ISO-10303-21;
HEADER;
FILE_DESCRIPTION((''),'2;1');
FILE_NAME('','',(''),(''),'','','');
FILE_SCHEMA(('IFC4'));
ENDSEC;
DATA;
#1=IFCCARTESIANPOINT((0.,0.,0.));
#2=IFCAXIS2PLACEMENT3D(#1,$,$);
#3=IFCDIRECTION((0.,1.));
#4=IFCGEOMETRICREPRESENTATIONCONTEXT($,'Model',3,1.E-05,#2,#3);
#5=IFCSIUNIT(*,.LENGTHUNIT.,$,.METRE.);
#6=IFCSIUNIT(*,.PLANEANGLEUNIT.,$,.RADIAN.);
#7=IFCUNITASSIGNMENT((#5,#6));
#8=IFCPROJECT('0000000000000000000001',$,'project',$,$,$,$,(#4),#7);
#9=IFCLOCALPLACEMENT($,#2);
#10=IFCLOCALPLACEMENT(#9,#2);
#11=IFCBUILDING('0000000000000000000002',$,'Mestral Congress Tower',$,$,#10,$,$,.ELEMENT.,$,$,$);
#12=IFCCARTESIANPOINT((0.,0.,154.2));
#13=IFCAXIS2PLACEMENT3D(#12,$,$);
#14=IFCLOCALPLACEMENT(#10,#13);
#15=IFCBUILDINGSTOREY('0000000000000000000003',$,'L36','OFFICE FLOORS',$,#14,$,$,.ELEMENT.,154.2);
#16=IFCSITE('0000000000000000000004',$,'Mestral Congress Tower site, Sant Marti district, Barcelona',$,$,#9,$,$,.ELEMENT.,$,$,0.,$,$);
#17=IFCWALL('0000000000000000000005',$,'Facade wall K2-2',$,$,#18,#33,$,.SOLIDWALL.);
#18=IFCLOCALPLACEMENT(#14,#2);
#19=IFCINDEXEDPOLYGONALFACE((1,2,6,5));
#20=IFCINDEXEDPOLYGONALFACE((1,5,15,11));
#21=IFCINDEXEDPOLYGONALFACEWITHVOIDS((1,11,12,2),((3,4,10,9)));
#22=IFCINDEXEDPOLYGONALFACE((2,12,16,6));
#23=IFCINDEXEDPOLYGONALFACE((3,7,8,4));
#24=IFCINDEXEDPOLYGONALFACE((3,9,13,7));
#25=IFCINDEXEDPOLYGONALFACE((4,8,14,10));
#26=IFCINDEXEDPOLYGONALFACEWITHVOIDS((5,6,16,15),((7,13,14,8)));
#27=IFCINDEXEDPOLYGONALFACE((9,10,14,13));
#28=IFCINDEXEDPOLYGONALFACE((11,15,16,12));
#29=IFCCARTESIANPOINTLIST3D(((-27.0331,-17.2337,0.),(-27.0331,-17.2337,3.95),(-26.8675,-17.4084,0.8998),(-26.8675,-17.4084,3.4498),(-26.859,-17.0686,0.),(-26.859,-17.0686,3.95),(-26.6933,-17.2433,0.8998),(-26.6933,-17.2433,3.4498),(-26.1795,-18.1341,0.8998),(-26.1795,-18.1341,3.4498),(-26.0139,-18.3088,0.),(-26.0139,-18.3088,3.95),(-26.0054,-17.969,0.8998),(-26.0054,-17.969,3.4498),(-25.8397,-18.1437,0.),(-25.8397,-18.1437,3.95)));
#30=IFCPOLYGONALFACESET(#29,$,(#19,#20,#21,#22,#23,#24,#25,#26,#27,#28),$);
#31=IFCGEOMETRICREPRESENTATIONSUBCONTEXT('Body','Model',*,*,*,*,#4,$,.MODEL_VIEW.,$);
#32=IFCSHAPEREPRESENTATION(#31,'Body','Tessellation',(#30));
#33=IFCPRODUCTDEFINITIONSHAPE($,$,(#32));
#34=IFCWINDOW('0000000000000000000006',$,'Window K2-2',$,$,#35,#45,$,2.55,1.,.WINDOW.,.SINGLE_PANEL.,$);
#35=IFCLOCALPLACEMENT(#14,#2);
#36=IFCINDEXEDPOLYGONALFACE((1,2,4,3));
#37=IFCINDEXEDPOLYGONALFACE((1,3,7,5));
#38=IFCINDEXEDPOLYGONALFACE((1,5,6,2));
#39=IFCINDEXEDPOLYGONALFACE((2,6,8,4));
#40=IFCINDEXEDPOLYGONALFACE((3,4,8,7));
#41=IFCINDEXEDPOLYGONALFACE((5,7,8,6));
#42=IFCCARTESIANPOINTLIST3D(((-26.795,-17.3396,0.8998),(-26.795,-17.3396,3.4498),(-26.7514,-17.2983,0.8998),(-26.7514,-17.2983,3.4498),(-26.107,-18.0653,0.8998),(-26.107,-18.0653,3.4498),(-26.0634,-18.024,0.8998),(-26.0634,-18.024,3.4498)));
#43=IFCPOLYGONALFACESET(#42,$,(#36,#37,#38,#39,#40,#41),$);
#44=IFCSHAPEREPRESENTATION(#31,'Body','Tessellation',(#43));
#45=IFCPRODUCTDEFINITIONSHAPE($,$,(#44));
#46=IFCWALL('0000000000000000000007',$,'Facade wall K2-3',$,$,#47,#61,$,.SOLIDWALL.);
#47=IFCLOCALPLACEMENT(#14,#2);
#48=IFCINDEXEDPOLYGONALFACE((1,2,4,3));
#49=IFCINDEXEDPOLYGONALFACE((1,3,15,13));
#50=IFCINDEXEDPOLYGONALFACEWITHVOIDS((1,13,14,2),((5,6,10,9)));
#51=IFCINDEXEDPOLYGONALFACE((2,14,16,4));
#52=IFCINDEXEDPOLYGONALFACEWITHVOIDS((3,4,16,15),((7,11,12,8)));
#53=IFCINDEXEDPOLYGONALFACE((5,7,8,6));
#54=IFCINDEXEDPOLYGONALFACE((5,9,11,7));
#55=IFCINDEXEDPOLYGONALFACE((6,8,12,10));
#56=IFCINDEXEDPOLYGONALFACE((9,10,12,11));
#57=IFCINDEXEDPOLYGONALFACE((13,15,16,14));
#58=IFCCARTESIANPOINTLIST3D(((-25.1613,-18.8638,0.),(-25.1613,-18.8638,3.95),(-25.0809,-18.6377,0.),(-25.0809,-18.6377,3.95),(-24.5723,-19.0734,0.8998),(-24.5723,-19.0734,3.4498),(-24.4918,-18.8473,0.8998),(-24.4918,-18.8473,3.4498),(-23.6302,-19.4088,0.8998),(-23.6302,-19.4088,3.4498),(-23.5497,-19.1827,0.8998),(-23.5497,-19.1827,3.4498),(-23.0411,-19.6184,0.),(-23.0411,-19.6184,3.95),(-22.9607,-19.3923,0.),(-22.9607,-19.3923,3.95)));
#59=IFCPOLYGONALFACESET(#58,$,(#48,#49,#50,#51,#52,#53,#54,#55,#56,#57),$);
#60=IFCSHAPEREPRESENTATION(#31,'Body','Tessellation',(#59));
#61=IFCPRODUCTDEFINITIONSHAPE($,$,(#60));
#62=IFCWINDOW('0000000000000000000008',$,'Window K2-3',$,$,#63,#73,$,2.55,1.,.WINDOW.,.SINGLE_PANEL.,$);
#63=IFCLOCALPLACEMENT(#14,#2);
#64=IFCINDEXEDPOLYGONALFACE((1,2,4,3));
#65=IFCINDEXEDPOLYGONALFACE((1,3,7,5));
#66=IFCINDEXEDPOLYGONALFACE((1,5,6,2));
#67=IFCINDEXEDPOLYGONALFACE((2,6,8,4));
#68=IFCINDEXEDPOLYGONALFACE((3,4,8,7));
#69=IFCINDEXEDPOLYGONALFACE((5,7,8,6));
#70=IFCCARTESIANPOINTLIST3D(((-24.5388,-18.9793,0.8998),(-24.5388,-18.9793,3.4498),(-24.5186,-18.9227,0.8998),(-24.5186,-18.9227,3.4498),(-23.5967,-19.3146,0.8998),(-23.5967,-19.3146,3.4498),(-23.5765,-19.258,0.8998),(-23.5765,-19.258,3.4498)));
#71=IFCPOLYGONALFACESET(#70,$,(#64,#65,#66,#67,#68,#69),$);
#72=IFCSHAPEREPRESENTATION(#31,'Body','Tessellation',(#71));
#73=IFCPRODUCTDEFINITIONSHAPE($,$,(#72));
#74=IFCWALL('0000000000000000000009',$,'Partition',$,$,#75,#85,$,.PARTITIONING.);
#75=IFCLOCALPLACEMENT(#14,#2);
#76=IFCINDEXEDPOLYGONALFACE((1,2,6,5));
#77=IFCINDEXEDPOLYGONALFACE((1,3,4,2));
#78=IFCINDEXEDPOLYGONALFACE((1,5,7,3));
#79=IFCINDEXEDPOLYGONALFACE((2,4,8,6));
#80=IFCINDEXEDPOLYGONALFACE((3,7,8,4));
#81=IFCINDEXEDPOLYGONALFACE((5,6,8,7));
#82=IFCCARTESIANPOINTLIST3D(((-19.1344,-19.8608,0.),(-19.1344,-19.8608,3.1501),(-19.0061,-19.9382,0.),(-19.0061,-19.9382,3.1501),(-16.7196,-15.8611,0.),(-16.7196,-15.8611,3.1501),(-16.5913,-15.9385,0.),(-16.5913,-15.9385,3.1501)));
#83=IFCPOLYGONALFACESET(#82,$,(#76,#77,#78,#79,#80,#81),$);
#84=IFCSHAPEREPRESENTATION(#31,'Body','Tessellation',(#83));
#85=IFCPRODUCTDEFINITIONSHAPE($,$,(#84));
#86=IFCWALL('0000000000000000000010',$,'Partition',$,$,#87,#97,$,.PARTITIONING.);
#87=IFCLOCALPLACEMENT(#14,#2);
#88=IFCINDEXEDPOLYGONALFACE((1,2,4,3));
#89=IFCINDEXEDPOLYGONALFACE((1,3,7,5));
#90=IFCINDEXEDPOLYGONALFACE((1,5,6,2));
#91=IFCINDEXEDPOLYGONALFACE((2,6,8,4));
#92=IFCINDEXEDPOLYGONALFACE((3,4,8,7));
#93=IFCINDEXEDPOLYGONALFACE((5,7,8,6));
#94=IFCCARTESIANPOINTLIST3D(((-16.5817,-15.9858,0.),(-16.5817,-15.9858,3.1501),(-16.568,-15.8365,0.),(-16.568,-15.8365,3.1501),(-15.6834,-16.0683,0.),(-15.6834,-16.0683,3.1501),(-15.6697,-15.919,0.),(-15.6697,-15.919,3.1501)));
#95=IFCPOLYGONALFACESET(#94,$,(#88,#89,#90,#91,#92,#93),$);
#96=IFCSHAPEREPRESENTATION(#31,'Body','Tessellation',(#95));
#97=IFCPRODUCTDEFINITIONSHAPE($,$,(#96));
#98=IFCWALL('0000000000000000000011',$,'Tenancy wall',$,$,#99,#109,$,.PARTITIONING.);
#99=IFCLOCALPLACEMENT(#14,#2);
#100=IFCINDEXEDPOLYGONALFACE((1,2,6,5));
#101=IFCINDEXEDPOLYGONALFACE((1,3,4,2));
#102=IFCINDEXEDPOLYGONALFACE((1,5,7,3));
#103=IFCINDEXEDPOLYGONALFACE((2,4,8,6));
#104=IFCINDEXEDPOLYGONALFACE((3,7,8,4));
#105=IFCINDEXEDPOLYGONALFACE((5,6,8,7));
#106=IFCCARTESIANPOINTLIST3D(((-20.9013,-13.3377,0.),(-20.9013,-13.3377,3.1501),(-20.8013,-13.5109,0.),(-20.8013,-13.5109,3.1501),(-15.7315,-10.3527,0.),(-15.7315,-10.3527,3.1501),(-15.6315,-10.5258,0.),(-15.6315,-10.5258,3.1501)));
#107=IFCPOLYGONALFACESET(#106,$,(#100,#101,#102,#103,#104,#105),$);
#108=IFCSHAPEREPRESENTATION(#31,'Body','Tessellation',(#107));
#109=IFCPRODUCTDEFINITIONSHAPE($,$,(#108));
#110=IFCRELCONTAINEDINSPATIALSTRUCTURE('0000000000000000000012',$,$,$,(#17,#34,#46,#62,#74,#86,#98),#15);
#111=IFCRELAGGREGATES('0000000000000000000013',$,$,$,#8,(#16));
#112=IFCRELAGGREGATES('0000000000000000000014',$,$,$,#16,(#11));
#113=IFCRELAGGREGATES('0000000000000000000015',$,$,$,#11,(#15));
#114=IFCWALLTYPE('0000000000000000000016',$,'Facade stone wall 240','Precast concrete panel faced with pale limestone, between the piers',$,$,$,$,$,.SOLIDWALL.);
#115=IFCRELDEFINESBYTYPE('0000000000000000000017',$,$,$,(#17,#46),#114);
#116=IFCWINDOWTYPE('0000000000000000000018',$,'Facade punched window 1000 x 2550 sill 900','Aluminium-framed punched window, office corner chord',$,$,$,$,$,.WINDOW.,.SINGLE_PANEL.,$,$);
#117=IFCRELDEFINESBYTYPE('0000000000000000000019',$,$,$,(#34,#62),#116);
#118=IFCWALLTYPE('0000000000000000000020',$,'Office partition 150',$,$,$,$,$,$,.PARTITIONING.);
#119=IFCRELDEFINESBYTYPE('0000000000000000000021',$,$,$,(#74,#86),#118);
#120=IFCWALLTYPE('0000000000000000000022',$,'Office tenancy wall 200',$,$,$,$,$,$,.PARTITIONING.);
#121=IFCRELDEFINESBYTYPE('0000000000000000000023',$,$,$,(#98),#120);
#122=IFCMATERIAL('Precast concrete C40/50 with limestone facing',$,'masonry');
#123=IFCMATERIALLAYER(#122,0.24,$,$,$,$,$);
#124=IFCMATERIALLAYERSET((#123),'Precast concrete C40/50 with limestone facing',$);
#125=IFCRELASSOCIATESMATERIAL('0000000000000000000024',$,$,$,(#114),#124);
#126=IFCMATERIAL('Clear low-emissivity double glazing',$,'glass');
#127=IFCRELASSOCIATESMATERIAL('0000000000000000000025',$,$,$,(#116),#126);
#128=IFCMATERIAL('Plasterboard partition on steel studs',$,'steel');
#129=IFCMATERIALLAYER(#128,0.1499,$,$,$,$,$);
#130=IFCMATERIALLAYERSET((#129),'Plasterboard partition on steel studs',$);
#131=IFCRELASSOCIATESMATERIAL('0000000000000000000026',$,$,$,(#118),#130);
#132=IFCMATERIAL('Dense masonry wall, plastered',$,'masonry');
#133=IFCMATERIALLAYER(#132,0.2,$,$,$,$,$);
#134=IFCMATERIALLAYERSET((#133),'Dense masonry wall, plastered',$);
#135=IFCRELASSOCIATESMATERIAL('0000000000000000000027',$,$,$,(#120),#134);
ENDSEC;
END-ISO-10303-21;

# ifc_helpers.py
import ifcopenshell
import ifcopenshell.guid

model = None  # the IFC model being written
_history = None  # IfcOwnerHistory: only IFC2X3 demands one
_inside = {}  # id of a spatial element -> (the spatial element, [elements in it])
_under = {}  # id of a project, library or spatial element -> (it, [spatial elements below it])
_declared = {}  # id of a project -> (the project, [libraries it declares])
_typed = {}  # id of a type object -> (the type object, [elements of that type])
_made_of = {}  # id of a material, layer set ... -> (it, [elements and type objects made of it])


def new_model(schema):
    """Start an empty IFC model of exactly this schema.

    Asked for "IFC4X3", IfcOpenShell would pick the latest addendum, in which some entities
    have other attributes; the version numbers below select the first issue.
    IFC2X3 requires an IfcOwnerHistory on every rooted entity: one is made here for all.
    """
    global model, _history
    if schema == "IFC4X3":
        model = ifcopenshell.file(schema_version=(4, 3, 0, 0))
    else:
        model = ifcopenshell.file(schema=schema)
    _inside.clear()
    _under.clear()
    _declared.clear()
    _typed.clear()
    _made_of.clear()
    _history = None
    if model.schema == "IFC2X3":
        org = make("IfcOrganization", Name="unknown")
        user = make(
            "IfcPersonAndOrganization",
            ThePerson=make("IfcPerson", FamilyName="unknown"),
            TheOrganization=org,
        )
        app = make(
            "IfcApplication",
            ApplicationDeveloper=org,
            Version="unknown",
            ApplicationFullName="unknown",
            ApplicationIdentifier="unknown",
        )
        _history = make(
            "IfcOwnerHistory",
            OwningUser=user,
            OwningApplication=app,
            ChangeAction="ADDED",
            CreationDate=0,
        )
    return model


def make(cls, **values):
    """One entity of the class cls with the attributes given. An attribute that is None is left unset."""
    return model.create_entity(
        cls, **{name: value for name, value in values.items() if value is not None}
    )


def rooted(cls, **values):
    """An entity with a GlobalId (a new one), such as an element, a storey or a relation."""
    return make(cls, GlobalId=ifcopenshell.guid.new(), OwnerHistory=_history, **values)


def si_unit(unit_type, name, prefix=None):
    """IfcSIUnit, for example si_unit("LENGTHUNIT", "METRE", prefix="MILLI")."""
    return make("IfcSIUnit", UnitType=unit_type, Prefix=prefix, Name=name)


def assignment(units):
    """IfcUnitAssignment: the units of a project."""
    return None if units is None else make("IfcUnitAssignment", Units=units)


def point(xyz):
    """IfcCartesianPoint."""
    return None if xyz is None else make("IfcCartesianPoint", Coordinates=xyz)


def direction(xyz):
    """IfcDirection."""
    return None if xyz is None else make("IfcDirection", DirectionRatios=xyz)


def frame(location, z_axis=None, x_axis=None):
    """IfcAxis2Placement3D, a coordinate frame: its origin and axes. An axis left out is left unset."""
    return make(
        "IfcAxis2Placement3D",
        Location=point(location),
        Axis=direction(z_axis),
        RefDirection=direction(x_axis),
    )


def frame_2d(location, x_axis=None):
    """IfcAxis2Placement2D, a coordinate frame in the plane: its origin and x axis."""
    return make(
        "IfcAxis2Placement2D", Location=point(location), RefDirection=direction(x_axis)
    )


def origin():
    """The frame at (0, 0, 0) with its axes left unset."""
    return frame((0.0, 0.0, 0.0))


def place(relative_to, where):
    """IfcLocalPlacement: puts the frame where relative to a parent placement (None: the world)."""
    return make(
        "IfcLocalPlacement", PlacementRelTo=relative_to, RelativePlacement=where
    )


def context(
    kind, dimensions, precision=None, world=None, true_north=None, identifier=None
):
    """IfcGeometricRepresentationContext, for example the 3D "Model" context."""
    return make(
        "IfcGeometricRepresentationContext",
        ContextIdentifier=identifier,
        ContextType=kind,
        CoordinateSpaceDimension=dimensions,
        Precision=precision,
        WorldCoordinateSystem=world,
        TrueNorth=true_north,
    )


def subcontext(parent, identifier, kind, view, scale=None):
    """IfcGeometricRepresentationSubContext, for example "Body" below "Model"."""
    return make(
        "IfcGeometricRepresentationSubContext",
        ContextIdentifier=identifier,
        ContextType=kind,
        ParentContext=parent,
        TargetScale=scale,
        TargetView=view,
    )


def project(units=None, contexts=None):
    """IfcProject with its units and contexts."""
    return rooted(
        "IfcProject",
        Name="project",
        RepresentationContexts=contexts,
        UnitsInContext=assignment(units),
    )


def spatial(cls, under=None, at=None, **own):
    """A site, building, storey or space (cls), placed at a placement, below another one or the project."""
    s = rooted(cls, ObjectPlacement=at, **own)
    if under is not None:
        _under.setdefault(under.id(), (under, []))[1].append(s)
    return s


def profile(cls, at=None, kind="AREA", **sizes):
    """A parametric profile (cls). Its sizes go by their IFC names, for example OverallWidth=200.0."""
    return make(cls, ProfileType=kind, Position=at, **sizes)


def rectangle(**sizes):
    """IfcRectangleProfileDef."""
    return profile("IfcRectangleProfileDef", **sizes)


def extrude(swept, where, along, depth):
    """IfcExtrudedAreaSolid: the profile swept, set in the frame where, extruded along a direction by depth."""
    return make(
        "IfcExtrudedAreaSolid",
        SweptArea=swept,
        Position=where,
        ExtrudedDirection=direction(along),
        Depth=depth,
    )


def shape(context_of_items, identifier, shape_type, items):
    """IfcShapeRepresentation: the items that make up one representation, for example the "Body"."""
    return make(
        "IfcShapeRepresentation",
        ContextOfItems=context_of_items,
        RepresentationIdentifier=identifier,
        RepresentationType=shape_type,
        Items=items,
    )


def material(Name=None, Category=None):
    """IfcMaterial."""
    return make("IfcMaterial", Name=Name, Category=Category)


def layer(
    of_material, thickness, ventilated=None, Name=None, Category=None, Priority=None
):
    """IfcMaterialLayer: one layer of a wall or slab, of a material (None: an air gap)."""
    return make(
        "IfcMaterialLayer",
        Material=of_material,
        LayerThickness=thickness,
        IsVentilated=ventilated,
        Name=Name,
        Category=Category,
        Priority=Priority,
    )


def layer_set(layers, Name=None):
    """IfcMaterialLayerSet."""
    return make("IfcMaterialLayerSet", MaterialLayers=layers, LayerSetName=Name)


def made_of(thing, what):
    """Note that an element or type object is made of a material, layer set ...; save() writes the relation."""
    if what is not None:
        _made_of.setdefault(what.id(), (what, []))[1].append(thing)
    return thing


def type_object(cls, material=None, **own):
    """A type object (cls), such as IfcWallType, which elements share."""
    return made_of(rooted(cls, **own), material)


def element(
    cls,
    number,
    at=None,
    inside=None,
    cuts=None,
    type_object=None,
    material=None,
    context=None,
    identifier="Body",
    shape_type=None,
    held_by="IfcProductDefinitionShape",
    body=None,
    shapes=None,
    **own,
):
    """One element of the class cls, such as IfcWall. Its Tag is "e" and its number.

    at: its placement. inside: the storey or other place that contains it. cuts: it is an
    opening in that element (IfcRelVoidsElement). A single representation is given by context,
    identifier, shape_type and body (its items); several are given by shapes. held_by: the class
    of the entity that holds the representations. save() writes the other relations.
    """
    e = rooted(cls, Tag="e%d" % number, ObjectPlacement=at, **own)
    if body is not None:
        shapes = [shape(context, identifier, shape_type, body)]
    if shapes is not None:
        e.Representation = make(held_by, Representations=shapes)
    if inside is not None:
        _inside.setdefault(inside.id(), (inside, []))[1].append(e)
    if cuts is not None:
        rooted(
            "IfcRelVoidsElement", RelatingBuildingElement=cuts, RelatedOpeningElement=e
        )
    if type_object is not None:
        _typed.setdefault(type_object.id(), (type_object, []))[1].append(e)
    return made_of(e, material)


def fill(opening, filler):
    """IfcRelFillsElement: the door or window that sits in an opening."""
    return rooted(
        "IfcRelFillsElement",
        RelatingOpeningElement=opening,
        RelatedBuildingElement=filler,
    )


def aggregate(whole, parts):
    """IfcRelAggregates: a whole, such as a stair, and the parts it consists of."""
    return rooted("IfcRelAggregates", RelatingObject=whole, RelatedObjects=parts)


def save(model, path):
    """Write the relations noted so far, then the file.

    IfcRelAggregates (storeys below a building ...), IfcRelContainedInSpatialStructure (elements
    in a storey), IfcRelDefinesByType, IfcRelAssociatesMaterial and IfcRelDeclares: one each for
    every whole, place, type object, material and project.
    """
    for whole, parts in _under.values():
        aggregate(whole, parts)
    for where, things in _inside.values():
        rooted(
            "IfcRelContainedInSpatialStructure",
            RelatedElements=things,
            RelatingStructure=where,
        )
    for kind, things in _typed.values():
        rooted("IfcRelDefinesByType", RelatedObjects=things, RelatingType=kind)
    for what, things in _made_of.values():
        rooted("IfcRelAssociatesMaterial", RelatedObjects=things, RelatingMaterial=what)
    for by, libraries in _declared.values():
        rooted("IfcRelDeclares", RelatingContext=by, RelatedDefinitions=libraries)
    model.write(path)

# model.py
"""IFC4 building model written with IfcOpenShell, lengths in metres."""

from ifc_helpers import new_model, si_unit, direction, frame, frame_2d, origin, place, context, subcontext, project, spatial, rectangle, extrude, material, layer, layer_set, type_object, element, fill, save


model = new_model("IFC4")

# Units and contexts
model_context = context("Model", 3, precision=1e-05, world=origin(), true_north=direction((0.0, 1.0)))
body_context = subcontext(model_context, "Body", "Model", "MODEL_VIEW")
ifc_project = project(units=[si_unit("LENGTHUNIT", "METRE"), si_unit("PLANEANGLEUNIT", "RADIAN")], contexts=[model_context])

# Site, building, storey
site_placement = place(None, origin())
site = spatial("IfcSite", under=ifc_project, at=site_placement, Name="Mestral Congress Tower site, Sant Marti district, Barcelona", CompositionType="ELEMENT", RefElevation=0.0)
building_placement = place(site_placement, origin())
building = spatial("IfcBuilding", under=site, at=building_placement, Name="Mestral Congress Tower", CompositionType="ELEMENT")
storey_placement = place(building_placement, frame((0.0, 0.0, 154.2)))
storey = spatial("IfcBuildingStorey", under=building, at=storey_placement, Name="L36", Description="OFFICE FLOORS", CompositionType="ELEMENT", Elevation=154.2)

# Shared definitions
ifc_material_1 = material(Name="Precast concrete C40/50 with limestone facing", Category="masonry")
ifc_layer_1 = layer(ifc_material_1, 0.24)
ifc_layer_set_1 = layer_set([ifc_layer_1], Name="Precast concrete C40/50 with limestone facing")
wall_type_1 = type_object("IfcWallType", Name="Facade stone wall 240", Description="Precast concrete panel faced with pale limestone, between the piers", PredefinedType="SOLIDWALL", material=ifc_layer_set_1)
ifc_material_2 = material(Name="Clear low-emissivity double glazing", Category="glass")

# Walls, openings, windows
wall_1_placement = place(storey_placement, frame((-26.946, -17.1511, 0.0), z_axis=(0.0, 0.0, 1.0), x_axis=(0.687987, -0.725723, 0.0)))
wall_1 = element("IfcWall", 1, at=wall_1_placement, inside=storey, type_object=wall_type_1, Name="Facade wall K2-2", PredefinedType="SOLIDWALL", context=body_context, shape_type="SweptSolid", body=[
    extrude(rectangle(XDim=1.4814, YDim=0.24, at=frame_2d((0.7407, 0.0))), origin(), (0.0, 0.0, 1.0), 3.95),
])
opening_1_placement = place(wall_1_placement, frame((0.2407, 0.0, 0.8999)))
opening_1 = element("IfcOpeningElement", 2, at=opening_1_placement, cuts=wall_1, PredefinedType="OPENING", context=body_context, shape_type="SweptSolid", body=[
    extrude(rectangle(XDim=1.0, YDim=2.55, at=frame_2d((0.5, 1.2749))), frame((0.0, 0.1299, 0.0), z_axis=(0.0, -1.0, 0.0), x_axis=(1.0, 0.0, 0.0)), (0.0, 0.0, 1.0), 0.26),
])
window_type_1 = type_object("IfcWindowType", Name="Facade punched window 1000 x 2550 sill 900", Description="Aluminium-framed punched window, office corner chord", PartitioningType="SINGLE_PANEL", PredefinedType="WINDOW", material=ifc_material_2)
window_1_placement = place(opening_1_placement, origin())
window_1 = element("IfcWindow", 3, at=window_1_placement, inside=storey, type_object=window_type_1, Name="Window K2-2", OverallHeight=2.55, OverallWidth=1.0, PartitioningType="SINGLE_PANEL", PredefinedType="WINDOW", context=body_context, shape_type="SweptSolid", body=[
    extrude(rectangle(XDim=1.0, YDim=2.55, at=frame_2d((0.5, 1.2749))), frame((0.0, 0.04, 0.0), z_axis=(0.0, -1.0, 0.0), x_axis=(1.0, 0.0, 0.0)), (0.0, 0.0, 1.0), 0.0601),
])
fill(opening_1, window_1)
wall_2_placement = place(storey_placement, frame((-25.1211, -18.7507, 0.0), z_axis=(0.0, 0.0, 1.0), x_axis=(0.9421, -0.335333, 0.0)))
wall_2 = element("IfcWall", 4, at=wall_2_placement, inside=storey, type_object=wall_type_1, Name="Facade wall K2-3", PredefinedType="SOLIDWALL", context=body_context, shape_type="SweptSolid", body=[
    extrude(rectangle(XDim=2.2505, YDim=0.24, at=frame_2d((1.1252, 0.0))), origin(), (0.0, 0.0, 1.0), 3.95),
])
opening_2_placement = place(wall_2_placement, frame((0.6252, 0.0, 0.8999)))
opening_2 = element("IfcOpeningElement", 5, at=opening_2_placement, cuts=wall_2, PredefinedType="OPENING", context=body_context, shape_type="SweptSolid", body=[
    extrude(rectangle(XDim=1.0, YDim=2.55, at=frame_2d((0.5, 1.2749))), frame((0.0, 0.1299, 0.0), z_axis=(0.0, -1.0, 0.0), x_axis=(1.0, 0.0, 0.0)), (0.0, 0.0, 1.0), 0.26),
])
window_2_placement = place(opening_2_placement, origin())
window_2 = element("IfcWindow", 6, at=window_2_placement, inside=storey, type_object=window_type_1, Name="Window K2-3", OverallHeight=2.55, OverallWidth=1.0, PartitioningType="SINGLE_PANEL", PredefinedType="WINDOW", context=body_context, shape_type="SweptSolid", body=[
    extrude(rectangle(XDim=1.0, YDim=2.55, at=frame_2d((0.5, 1.2749))), frame((0.0, 0.04, 0.0), z_axis=(0.0, -1.0, 0.0), x_axis=(1.0, 0.0, 0.0)), (0.0, 0.0, 1.0), 0.0601),
])
fill(opening_2, window_2)

# Walls
ifc_material_3 = material(Name="Plasterboard partition on steel studs", Category="steel")
ifc_layer_2 = layer(ifc_material_3, 0.1499)
ifc_layer_set_2 = layer_set([ifc_layer_2], Name="Plasterboard partition on steel studs")
wall_type_2 = type_object("IfcWallType", Name="Office partition 150", PredefinedType="PARTITIONING", material=ifc_layer_set_2)
wall_3_placement = place(storey_placement, frame((-16.6555, -15.8999, 0.0), z_axis=(0.0, 0.0, 1.0), x_axis=(-0.516845, -0.856079, 0.0)))
element("IfcWall", 7, at=wall_3_placement, inside=storey, type_object=wall_type_2, Name="Partition", PredefinedType="PARTITIONING", context=body_context, shape_type="SweptSolid", body=[
    extrude(rectangle(XDim=4.6721, YDim=0.1499, at=frame_2d((2.3359, 0.0))), origin(), (0.0, 0.0, 1.0), 3.1501),
])
wall_4_placement = place(storey_placement, frame((-16.575, -15.9111, 0.0), z_axis=(0.0, 0.0, 1.0), x_axis=(0.995808, -0.091463, 0.0)))
element("IfcWall", 8, at=wall_4_placement, inside=storey, type_object=wall_type_2, Name="Partition", PredefinedType="PARTITIONING", context=body_context, shape_type="SweptSolid", body=[
    extrude(rectangle(XDim=0.9021, YDim=0.1499, at=frame_2d((0.4512, 0.0))), origin(), (0.0, 0.0, 1.0), 3.1501),
])
ifc_material_4 = material(Name="Dense masonry wall, plastered", Category="masonry")
ifc_layer_3 = layer(ifc_material_4, 0.2)
ifc_layer_set_3 = layer_set([ifc_layer_3], Name="Dense masonry wall, plastered")
wall_type_3 = type_object("IfcWallType", Name="Office tenancy wall 200", PredefinedType="PARTITIONING", material=ifc_layer_set_3)
wall_5_placement = place(storey_placement, frame((-20.8513, -13.4243, 0.0), z_axis=(0.0, 0.0, 1.0), x_axis=(0.866007, 0.500032, 0.0)))
element("IfcWall", 9, at=wall_5_placement, inside=storey, type_object=wall_type_3, Name="Tenancy wall", PredefinedType="PARTITIONING", context=body_context, shape_type="SweptSolid", body=[
    extrude(rectangle(XDim=5.9697, YDim=0.2, at=frame_2d((2.9849, 0.0))), origin(), (0.0, 0.0, 1.0), 3.1501),
])

save(model, "model.ifc")
